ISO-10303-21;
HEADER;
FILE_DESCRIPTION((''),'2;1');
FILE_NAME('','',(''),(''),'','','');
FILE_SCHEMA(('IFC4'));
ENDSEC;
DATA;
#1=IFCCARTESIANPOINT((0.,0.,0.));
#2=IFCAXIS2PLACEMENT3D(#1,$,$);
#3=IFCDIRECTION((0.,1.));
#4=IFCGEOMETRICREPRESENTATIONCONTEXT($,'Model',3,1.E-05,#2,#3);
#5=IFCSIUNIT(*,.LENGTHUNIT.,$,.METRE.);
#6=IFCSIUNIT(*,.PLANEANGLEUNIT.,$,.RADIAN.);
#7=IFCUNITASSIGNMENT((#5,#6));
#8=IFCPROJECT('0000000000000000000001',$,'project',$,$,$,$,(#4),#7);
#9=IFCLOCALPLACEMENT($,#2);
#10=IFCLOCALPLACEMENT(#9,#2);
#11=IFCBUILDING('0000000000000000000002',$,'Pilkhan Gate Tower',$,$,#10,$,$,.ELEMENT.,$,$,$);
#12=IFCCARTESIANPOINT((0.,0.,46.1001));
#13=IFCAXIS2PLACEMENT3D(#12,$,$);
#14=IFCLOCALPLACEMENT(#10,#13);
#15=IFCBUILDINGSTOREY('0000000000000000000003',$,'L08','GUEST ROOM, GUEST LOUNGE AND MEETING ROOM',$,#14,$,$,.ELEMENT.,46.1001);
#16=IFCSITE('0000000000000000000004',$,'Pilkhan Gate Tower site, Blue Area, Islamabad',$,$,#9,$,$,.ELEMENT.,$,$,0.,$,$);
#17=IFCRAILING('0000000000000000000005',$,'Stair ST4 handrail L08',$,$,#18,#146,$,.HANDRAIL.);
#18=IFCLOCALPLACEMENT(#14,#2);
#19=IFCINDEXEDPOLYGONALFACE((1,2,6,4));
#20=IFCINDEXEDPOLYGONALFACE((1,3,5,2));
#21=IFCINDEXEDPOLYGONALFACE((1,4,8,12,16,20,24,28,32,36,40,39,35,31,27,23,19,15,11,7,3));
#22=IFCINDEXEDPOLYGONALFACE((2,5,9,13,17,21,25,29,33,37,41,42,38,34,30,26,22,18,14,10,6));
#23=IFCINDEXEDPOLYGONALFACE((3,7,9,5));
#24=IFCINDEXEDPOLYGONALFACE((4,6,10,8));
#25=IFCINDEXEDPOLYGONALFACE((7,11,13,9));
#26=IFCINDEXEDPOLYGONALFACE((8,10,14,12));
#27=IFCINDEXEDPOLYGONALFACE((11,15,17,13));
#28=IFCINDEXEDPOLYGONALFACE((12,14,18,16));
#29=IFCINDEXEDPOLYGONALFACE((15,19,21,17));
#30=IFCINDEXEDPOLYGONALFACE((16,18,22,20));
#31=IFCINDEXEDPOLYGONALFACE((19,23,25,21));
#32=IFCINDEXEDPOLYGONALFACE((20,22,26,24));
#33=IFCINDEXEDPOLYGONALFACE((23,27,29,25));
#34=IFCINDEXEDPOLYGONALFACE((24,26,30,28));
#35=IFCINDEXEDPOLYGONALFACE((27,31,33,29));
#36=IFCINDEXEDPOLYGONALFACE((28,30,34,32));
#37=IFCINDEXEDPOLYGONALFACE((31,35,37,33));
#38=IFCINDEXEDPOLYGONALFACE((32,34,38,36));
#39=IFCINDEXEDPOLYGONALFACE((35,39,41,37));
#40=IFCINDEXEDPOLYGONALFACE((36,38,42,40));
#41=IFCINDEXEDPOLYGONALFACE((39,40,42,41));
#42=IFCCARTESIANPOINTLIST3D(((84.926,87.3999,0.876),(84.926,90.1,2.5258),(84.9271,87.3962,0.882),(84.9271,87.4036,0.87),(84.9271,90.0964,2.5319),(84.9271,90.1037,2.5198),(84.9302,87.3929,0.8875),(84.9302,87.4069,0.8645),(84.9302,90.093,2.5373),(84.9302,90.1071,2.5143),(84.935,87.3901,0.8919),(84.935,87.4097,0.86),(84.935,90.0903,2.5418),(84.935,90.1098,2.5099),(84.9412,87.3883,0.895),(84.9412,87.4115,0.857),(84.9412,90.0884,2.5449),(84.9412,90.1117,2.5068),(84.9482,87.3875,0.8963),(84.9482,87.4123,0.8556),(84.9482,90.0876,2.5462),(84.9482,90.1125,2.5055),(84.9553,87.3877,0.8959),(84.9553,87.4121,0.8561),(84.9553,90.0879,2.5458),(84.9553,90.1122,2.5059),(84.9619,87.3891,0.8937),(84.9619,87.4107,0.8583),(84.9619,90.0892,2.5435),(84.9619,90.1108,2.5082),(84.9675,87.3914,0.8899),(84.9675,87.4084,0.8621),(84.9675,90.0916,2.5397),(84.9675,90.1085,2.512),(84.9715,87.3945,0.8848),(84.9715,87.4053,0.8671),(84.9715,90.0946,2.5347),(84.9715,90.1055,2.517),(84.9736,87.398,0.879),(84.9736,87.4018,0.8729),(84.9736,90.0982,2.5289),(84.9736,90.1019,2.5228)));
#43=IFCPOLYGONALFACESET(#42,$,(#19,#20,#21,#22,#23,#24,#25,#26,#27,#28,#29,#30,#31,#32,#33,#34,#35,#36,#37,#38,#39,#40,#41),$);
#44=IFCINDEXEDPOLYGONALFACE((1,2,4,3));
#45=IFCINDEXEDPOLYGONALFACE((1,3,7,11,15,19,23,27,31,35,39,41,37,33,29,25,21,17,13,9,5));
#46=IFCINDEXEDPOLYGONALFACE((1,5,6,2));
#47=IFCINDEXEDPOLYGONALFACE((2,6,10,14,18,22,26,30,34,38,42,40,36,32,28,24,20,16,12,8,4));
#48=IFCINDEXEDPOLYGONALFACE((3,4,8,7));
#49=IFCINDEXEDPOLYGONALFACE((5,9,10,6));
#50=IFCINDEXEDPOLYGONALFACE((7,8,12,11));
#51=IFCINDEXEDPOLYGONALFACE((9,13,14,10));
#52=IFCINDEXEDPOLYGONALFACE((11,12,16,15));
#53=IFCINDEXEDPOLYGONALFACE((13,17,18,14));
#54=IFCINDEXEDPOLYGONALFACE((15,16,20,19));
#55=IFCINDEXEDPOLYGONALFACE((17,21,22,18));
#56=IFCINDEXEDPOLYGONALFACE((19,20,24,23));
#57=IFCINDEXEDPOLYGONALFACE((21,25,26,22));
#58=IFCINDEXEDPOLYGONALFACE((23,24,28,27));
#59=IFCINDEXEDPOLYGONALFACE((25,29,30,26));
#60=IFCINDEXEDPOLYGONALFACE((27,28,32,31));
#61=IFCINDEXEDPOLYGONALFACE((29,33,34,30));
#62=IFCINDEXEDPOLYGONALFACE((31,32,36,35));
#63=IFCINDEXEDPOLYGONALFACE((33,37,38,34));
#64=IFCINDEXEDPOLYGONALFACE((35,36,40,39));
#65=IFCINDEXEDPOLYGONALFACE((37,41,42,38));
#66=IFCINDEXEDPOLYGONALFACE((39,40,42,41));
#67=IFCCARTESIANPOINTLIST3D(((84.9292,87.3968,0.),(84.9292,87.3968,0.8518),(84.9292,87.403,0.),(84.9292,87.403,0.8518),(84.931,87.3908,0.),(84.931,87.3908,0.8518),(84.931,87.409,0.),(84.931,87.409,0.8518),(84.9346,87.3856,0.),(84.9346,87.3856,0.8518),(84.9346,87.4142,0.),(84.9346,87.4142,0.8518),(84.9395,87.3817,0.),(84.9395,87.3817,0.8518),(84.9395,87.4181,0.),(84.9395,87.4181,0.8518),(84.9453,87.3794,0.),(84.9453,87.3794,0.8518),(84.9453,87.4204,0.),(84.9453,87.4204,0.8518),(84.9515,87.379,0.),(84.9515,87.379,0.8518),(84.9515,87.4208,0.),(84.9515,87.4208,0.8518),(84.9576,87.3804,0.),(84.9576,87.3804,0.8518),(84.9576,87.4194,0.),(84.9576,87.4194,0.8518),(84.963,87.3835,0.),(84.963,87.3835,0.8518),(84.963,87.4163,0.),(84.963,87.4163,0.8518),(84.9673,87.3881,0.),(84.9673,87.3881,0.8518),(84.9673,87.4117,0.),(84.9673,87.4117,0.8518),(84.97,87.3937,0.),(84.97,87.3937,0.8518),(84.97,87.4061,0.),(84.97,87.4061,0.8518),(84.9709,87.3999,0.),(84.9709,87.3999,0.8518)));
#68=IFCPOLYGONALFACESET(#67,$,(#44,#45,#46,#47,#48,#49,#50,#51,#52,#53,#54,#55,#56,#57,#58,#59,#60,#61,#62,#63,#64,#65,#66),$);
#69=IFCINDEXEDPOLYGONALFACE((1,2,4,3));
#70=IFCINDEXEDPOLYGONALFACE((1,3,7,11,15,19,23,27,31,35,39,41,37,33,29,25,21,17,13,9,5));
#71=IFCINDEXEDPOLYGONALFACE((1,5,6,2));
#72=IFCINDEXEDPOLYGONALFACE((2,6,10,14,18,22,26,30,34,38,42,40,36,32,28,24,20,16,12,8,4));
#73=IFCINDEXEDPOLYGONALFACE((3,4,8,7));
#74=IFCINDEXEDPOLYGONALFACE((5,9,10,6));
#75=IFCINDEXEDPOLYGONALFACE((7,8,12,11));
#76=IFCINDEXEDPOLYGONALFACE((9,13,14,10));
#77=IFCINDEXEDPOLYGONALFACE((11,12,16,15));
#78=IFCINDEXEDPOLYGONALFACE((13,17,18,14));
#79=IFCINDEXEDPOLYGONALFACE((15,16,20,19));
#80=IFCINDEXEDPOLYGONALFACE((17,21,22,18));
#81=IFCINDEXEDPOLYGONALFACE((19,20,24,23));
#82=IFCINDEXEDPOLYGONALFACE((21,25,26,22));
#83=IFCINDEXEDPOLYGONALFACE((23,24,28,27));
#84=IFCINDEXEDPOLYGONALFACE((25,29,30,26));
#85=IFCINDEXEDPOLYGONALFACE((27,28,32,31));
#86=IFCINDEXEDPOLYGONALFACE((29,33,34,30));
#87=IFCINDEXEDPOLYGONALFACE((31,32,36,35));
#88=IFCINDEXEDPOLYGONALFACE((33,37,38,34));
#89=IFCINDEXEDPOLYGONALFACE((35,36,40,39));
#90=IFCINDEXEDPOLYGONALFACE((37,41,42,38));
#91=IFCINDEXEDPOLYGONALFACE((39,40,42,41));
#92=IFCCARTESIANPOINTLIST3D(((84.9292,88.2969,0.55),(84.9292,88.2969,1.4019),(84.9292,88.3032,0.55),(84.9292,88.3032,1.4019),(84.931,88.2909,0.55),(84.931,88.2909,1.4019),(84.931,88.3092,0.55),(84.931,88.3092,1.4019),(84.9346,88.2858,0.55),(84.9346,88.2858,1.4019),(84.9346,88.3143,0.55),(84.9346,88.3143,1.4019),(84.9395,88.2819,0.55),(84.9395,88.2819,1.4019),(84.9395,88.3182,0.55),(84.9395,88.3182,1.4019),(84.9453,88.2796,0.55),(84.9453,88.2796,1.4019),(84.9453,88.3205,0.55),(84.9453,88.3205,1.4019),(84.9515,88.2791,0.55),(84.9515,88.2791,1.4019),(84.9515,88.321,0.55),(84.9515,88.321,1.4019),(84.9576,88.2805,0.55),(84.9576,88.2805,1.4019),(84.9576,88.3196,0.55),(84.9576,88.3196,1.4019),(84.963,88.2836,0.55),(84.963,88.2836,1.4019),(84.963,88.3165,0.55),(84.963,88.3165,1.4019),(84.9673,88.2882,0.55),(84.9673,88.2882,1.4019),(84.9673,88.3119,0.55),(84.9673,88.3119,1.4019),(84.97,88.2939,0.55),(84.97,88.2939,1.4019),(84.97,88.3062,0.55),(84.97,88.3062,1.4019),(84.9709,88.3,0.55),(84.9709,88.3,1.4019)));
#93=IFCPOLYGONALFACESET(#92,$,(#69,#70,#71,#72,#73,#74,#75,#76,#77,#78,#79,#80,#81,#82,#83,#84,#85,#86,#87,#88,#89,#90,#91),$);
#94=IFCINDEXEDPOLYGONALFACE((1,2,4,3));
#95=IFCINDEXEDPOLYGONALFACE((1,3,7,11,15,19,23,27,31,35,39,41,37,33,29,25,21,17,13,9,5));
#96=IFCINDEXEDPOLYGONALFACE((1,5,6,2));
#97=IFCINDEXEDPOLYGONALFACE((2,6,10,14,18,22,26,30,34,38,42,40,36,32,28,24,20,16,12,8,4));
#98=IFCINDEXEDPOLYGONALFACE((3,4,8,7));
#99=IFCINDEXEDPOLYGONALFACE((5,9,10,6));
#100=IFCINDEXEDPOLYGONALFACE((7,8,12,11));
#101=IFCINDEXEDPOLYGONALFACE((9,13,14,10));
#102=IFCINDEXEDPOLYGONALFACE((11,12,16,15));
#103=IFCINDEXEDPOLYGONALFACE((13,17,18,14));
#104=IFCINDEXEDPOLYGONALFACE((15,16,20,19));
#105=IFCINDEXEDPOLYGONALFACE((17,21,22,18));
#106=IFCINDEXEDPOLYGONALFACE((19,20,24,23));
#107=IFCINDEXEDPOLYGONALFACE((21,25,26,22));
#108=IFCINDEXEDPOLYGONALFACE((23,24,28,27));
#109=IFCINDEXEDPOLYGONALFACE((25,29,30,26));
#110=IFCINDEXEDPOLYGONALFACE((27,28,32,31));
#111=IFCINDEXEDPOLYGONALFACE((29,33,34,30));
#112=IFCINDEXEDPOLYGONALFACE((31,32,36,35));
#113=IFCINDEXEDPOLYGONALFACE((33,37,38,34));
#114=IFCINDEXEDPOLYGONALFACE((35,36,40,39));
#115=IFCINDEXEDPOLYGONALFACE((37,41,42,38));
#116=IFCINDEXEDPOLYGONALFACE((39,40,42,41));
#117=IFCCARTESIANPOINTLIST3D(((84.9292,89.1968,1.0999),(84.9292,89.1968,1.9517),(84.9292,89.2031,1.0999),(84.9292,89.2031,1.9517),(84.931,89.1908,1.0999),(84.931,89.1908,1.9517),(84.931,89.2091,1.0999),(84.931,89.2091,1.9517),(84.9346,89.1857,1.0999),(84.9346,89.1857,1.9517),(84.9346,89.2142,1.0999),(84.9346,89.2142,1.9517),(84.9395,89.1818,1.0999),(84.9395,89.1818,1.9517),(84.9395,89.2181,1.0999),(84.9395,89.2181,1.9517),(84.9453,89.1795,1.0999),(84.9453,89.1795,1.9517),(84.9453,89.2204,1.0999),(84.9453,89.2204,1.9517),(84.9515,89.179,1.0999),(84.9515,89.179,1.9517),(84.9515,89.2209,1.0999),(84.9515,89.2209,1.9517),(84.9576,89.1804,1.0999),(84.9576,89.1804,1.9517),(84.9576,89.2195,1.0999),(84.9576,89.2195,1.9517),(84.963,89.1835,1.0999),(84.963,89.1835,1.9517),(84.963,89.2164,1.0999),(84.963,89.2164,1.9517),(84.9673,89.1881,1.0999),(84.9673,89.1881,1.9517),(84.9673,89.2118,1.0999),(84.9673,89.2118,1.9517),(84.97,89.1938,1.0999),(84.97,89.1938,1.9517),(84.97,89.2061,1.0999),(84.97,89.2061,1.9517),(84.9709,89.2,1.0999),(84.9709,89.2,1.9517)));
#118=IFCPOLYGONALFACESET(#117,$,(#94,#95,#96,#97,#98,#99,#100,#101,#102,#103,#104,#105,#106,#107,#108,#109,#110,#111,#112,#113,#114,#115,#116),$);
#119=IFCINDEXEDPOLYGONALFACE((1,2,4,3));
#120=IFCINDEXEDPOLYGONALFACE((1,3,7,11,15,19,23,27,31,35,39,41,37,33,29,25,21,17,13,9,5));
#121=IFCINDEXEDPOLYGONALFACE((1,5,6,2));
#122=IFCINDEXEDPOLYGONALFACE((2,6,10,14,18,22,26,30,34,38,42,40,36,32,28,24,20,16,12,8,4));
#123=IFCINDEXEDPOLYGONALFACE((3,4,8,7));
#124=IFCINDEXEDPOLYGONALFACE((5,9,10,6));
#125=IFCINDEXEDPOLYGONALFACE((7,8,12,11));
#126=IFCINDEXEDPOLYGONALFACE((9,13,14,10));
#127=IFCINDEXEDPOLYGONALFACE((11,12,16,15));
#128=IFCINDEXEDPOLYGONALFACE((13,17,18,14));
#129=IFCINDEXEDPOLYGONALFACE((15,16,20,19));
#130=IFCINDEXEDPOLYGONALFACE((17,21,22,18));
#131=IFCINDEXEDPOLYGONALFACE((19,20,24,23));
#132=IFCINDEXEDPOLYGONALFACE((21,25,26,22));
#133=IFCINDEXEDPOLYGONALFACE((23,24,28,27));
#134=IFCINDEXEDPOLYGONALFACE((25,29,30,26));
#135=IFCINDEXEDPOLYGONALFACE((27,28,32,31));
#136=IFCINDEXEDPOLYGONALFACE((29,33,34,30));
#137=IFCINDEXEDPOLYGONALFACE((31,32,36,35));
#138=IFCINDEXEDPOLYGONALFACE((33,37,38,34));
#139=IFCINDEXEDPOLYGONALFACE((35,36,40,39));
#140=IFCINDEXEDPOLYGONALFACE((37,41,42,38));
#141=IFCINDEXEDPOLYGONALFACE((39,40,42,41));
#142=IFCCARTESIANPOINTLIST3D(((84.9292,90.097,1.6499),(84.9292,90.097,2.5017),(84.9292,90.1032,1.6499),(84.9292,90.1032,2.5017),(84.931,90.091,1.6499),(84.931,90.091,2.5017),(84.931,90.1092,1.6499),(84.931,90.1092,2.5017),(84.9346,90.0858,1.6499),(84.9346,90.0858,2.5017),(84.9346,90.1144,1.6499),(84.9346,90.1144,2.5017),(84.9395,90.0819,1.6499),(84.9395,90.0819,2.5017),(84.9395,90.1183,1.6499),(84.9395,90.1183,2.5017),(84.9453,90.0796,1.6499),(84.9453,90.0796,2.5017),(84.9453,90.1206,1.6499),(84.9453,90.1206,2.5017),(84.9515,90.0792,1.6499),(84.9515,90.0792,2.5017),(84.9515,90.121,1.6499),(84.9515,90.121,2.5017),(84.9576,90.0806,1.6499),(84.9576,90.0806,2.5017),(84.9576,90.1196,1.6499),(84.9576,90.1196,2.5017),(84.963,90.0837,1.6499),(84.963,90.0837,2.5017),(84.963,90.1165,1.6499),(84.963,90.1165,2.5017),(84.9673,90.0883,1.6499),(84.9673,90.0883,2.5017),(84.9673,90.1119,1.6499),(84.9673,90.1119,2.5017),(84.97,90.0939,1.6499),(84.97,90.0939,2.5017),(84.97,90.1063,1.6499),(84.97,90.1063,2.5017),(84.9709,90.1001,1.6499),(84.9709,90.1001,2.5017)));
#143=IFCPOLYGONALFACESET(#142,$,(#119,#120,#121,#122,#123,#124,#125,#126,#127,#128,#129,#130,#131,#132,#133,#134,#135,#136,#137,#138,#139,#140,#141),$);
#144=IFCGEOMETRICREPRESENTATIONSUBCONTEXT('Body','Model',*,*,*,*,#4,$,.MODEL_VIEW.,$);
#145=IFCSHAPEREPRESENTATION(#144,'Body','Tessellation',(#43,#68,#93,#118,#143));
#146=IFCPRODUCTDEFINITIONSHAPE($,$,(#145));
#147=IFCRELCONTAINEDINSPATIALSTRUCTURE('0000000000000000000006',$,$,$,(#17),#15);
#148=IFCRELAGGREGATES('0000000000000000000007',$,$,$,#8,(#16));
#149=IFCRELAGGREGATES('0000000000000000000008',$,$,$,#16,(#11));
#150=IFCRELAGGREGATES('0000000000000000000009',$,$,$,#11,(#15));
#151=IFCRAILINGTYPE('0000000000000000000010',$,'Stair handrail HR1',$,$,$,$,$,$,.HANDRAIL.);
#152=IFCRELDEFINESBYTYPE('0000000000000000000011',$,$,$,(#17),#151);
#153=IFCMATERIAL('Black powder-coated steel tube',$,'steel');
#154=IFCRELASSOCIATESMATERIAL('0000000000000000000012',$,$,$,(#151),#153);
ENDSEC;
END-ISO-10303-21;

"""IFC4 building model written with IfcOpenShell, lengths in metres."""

from ifc_helpers import new_model, si_unit, direction, frame, origin, origin_2d, place, context, subcontext, project, spatial, circle, extrude, material, type_object, element, save


model = new_model("IFC4")

# Units and contexts
model_context = context("Model", 3, precision=1e-05, world=origin(), true_north=direction((0.0, 1.0)))
body_context = subcontext(model_context, "Body", "Model", "MODEL_VIEW")
ifc_project = project(units=[si_unit("LENGTHUNIT", "METRE"), si_unit("PLANEANGLEUNIT", "RADIAN")], contexts=[model_context])

# Site, building, storey
site_placement = place(None, origin())
site = spatial("IfcSite", under=ifc_project, at=site_placement, Name="Pilkhan Gate Tower site, Blue Area, Islamabad", CompositionType="ELEMENT", RefElevation=0.0)
building_placement = place(site_placement, origin())
building = spatial("IfcBuilding", under=site, at=building_placement, Name="Pilkhan Gate Tower", CompositionType="ELEMENT")
storey_placement = place(building_placement, frame((0.0, 0.0, 46.1001)))
storey = spatial("IfcBuildingStorey", under=building, at=storey_placement, Name="L08", Description="GUEST ROOM, GUEST LOUNGE AND MEETING ROOM", CompositionType="ELEMENT", Elevation=46.1001)

# Railing
ifc_material_1 = material(Name="Black powder-coated steel tube", Category="steel")
railing_type_1 = type_object("IfcRailingType", Name="Stair handrail HR1", PredefinedType="HANDRAIL", material=ifc_material_1)
railing_1_placement = place(storey_placement, frame((84.95, 87.3999, 0.0)))
element("IfcRailing", 1, at=railing_1_placement, inside=storey, type_object=railing_type_1, Name="Stair ST4 handrail L08", PredefinedType="HANDRAIL", context=body_context, shape_type="SweptSolid", body=[
    extrude(circle(Radius=0.0239, at=origin_2d()), frame((0.0, 0.0, 0.876), z_axis=(0.0, 0.853312, 0.5214), x_axis=(-1.0, 0.0, 0.0)), (0.0, 0.0, 1.0), 3.1643),
    extrude(circle(Radius=0.021, at=origin_2d()), origin(), (0.0, 0.0, 1.0), 0.8518),
    extrude(circle(Radius=0.021, at=origin_2d()), frame((0.0, 0.9001, 0.55)), (0.0, 0.0, 1.0), 0.8518),
    extrude(circle(Radius=0.021, at=origin_2d()), frame((0.0, 1.8, 1.0999)), (0.0, 0.0, 1.0), 0.8518),
    extrude(circle(Radius=0.021, at=origin_2d()), frame((0.0, 2.7002, 1.6499)), (0.0, 0.0, 1.0), 0.8518),
])

save(model, "model.ifc")
